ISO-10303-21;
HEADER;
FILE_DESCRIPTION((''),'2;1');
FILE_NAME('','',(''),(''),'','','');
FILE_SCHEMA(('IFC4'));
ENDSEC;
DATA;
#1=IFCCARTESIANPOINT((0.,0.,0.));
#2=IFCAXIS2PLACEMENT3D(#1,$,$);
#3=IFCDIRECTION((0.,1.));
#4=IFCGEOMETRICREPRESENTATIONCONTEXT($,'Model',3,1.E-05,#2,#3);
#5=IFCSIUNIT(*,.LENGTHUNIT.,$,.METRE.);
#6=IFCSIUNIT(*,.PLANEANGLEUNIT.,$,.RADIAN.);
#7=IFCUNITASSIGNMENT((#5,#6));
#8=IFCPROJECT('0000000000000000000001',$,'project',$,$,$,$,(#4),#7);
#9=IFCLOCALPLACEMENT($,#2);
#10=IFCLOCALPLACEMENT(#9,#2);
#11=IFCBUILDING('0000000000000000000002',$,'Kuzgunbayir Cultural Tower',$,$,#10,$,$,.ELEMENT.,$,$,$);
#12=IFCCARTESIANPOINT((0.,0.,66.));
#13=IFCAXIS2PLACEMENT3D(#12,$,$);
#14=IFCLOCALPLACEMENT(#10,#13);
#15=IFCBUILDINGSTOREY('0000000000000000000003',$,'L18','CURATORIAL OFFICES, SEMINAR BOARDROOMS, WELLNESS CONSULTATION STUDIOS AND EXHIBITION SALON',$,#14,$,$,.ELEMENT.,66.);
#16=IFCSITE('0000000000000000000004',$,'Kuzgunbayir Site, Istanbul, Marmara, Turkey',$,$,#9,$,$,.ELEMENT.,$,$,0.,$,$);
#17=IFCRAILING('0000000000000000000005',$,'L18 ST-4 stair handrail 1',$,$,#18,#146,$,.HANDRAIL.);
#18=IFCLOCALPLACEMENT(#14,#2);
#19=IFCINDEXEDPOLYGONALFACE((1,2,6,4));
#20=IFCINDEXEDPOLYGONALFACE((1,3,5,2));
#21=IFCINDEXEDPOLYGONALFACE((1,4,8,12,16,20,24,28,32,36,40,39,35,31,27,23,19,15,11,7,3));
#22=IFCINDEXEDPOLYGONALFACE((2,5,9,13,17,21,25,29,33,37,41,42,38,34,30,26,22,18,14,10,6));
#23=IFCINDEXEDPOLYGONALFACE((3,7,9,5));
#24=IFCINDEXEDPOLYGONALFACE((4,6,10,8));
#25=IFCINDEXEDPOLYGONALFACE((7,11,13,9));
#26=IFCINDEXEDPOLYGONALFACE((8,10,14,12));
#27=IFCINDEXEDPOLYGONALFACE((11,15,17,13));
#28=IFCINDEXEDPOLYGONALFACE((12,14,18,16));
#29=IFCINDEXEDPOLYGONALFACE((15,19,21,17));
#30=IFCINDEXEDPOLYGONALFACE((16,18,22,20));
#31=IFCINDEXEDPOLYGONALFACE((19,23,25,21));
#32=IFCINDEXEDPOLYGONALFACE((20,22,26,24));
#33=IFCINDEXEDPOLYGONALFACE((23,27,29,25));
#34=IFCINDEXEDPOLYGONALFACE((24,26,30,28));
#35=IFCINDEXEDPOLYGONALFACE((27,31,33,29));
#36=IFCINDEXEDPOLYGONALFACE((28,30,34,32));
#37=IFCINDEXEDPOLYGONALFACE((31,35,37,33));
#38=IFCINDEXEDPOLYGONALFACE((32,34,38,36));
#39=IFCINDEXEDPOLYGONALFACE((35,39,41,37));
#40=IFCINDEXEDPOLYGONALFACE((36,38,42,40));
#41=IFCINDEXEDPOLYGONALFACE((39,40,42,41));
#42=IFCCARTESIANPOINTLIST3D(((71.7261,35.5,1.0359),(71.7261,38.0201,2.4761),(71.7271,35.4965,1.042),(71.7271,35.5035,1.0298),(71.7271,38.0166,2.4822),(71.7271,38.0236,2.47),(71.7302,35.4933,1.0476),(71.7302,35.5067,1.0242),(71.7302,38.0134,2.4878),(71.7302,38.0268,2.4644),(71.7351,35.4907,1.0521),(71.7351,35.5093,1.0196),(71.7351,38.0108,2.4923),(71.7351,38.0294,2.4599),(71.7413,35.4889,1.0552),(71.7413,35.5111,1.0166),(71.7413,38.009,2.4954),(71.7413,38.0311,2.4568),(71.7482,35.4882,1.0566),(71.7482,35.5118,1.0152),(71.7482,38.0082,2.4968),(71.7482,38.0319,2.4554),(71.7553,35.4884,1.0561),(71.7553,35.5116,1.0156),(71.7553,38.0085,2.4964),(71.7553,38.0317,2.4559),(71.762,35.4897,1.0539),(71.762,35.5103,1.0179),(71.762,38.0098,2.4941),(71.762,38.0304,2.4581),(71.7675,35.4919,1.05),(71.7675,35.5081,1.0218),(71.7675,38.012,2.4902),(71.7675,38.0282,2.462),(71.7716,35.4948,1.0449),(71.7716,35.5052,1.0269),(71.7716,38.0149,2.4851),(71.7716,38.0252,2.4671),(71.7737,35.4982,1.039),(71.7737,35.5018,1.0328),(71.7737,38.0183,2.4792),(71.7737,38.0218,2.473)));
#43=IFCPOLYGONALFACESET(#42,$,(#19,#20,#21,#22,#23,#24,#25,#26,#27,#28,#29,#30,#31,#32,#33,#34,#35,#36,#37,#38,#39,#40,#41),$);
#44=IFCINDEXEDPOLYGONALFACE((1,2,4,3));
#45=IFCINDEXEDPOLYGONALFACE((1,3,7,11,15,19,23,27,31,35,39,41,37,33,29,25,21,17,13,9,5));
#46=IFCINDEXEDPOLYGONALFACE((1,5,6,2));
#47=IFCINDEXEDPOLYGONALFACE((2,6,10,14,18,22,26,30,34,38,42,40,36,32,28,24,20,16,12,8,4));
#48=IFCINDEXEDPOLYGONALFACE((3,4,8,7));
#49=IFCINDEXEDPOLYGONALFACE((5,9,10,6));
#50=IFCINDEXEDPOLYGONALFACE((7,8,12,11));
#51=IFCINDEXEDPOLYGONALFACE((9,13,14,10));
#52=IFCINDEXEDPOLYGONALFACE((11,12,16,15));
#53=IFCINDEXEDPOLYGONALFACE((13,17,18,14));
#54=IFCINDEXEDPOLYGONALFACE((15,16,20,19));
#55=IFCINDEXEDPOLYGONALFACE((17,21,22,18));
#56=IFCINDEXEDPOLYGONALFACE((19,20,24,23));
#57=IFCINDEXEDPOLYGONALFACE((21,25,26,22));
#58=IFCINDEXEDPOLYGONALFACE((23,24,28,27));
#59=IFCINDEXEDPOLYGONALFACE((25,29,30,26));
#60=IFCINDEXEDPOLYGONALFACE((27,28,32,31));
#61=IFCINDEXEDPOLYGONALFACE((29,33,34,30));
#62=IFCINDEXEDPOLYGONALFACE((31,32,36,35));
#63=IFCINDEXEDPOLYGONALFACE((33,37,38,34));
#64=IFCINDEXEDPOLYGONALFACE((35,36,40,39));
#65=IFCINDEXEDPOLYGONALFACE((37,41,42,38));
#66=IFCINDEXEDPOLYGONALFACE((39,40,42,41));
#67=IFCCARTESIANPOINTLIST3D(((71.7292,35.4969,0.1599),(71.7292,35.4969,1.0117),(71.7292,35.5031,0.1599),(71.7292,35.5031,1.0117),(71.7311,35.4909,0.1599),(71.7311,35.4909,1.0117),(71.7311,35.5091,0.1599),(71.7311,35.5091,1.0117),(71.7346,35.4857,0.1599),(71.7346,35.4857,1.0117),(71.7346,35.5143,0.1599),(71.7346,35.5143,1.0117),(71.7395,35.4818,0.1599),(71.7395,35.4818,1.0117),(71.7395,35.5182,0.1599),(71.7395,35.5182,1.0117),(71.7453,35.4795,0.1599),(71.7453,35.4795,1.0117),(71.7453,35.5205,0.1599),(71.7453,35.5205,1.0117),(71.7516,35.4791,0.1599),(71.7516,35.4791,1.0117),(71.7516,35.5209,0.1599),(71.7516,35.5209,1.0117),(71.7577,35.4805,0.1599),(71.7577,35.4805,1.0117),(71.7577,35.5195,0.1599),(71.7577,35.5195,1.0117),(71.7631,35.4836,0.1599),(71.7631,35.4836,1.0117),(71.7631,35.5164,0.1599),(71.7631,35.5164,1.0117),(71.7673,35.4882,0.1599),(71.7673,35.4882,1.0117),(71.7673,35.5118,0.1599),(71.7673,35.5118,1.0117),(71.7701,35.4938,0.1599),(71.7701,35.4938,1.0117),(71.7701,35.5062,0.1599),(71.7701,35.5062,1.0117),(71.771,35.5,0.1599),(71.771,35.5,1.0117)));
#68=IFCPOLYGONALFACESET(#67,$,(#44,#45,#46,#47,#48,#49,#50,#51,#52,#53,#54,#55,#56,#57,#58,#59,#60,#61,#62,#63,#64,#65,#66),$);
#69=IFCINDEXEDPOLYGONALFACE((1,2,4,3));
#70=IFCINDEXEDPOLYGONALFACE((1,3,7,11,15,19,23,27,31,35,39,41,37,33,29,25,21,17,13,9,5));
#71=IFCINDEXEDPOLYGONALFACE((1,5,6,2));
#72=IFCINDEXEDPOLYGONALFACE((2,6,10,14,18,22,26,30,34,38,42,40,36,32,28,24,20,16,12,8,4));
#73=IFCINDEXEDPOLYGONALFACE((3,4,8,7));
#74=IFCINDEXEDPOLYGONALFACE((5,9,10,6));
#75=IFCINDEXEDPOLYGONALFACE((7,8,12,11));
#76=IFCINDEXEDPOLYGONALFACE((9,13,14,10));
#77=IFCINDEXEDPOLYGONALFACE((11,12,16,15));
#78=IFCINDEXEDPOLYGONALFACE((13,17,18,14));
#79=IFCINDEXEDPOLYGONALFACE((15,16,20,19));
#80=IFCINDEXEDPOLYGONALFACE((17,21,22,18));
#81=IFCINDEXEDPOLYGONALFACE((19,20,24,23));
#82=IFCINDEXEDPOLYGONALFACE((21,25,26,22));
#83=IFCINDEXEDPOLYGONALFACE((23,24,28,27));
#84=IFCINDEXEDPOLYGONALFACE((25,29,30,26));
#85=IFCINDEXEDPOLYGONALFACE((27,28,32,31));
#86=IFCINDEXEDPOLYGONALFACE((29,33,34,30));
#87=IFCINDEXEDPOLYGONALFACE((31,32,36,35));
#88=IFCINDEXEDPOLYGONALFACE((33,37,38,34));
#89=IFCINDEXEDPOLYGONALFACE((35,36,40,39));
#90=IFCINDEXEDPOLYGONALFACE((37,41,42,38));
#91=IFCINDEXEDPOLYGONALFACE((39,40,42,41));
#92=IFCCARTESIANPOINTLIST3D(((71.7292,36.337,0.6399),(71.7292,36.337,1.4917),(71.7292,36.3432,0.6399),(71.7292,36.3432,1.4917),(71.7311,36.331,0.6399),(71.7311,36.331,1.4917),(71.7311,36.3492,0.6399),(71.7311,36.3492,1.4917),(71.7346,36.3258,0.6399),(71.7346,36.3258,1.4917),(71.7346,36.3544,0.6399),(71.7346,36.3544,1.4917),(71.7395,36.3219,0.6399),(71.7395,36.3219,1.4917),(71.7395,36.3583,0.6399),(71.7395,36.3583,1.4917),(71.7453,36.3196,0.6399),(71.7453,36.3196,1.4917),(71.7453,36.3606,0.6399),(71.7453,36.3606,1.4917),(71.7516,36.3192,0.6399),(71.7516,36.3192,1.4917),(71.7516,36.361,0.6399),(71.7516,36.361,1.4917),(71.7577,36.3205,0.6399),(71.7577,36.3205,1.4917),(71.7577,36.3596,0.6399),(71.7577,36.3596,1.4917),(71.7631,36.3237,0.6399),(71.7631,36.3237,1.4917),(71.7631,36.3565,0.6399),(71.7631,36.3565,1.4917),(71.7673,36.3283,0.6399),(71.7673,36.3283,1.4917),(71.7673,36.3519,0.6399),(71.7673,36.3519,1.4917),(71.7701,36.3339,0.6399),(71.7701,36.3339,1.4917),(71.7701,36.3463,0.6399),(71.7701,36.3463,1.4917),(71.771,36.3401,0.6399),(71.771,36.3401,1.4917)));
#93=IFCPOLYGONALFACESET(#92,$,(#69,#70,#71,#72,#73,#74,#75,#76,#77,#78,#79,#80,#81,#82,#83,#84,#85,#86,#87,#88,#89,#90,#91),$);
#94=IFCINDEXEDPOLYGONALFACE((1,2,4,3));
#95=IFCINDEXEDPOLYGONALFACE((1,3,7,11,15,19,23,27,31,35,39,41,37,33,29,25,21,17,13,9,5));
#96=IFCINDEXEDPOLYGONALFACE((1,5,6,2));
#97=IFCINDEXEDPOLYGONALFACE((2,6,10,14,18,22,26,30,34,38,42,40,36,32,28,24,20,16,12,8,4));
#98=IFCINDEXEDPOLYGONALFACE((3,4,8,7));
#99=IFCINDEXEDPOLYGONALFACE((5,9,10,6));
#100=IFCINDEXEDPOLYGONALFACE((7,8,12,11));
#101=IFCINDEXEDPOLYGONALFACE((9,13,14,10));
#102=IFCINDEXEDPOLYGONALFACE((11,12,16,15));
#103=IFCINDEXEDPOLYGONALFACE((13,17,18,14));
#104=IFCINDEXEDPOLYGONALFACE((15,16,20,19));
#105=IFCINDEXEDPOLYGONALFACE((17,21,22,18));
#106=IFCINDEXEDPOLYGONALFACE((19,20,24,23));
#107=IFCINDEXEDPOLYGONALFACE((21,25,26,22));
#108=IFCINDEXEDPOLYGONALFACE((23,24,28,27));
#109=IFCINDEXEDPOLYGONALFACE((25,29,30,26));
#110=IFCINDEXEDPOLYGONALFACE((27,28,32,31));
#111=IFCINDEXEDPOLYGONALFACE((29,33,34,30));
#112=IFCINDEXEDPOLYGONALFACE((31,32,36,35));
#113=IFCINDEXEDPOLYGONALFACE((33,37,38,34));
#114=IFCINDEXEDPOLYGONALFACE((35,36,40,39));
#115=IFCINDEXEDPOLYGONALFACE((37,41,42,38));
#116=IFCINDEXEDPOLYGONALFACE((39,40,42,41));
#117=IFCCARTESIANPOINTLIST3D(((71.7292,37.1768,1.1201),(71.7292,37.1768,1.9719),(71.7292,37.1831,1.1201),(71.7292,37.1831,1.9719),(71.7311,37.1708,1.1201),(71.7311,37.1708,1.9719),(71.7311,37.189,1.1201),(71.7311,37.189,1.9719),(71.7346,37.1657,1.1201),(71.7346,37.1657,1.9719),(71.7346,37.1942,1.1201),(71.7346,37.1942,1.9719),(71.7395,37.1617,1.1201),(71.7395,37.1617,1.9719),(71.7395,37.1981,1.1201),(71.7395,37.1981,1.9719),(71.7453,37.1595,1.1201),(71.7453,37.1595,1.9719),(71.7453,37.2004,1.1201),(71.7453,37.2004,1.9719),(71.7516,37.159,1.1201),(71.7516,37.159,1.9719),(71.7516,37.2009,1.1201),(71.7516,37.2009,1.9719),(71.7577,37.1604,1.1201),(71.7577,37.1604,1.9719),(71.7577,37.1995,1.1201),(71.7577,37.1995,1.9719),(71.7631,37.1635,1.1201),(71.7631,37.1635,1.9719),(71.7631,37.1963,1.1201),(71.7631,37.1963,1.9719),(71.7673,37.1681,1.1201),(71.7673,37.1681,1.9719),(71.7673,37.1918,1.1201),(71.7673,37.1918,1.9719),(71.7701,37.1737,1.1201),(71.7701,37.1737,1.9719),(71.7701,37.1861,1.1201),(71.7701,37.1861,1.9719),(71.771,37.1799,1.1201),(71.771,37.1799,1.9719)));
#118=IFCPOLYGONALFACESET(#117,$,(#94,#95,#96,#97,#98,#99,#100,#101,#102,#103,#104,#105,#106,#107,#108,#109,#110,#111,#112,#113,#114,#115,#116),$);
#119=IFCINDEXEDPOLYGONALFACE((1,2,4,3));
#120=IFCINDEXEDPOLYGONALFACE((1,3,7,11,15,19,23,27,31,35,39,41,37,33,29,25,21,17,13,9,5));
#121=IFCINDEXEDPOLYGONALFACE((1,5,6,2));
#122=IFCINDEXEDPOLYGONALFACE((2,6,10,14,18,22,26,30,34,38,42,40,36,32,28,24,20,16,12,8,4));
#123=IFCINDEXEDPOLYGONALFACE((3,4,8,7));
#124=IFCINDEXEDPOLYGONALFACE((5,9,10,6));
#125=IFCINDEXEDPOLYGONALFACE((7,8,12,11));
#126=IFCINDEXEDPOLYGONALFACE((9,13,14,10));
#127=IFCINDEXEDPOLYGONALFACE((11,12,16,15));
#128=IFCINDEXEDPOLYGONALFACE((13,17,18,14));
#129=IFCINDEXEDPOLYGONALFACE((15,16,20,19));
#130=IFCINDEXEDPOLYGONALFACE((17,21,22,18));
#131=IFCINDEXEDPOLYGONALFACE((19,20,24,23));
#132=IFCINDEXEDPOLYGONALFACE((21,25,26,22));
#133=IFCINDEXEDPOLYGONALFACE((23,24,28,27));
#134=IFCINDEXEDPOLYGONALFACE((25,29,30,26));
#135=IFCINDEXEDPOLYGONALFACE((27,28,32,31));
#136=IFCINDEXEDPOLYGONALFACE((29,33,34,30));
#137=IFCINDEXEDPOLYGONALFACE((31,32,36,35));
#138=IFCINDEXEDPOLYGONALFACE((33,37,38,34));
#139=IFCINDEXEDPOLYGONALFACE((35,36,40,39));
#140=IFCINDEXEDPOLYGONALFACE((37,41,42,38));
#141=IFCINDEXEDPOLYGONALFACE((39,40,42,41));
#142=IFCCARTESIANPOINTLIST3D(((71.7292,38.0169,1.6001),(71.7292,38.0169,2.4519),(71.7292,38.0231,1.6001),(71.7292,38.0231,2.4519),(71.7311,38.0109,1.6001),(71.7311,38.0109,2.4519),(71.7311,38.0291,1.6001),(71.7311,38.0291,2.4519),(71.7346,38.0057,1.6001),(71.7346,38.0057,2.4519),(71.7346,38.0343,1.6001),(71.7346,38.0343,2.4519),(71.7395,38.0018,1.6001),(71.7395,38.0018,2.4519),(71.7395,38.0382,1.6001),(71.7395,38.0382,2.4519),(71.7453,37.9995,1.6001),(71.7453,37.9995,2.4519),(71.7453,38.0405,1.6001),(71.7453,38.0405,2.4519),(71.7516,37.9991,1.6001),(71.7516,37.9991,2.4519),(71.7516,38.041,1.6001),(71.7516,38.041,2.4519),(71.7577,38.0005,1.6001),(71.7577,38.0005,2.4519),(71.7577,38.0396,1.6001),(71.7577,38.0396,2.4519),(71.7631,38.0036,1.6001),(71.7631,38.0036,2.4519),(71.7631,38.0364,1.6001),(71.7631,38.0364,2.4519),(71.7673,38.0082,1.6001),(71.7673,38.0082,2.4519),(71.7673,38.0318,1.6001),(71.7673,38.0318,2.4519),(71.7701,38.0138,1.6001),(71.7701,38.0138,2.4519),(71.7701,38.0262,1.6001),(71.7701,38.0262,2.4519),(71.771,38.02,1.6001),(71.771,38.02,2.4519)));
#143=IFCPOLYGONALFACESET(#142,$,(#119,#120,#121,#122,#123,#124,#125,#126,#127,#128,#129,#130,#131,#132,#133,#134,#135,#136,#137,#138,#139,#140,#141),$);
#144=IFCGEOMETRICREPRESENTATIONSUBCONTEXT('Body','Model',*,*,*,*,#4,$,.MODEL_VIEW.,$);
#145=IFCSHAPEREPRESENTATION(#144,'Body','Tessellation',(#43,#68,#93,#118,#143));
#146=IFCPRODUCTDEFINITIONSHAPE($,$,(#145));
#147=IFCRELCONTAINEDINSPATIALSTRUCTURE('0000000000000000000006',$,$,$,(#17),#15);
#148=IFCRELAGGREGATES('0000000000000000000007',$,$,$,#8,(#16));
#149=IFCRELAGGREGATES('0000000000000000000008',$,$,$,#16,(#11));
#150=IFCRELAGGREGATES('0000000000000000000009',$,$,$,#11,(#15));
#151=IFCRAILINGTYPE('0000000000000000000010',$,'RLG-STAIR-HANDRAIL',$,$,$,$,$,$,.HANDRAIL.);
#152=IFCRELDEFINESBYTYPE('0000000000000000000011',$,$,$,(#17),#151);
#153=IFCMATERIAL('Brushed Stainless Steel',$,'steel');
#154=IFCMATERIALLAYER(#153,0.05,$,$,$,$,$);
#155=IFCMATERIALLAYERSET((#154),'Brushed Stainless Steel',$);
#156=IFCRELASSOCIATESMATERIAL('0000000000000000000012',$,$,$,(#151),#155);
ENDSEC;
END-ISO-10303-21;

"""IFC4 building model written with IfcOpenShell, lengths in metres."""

from ifc_helpers import new_model, si_unit, direction, frame, origin, origin_2d, place, context, subcontext, project, spatial, circle, extrude, material, layer, layer_set, type_object, element, save


model = new_model("IFC4")

# Units and contexts
model_context = context("Model", 3, precision=1e-05, world=origin(), true_north=direction((0.0, 1.0)))
body_context = subcontext(model_context, "Body", "Model", "MODEL_VIEW")
ifc_project = project(units=[si_unit("LENGTHUNIT", "METRE"), si_unit("PLANEANGLEUNIT", "RADIAN")], contexts=[model_context])

# Site, building, storey
site_placement = place(None, origin())
site = spatial("IfcSite", under=ifc_project, at=site_placement, Name="Kuzgunbayir Site, Istanbul, Marmara, Turkey", CompositionType="ELEMENT", RefElevation=0.0)
building_placement = place(site_placement, origin())
building = spatial("IfcBuilding", under=site, at=building_placement, Name="Kuzgunbayir Cultural Tower", CompositionType="ELEMENT")
storey_placement = place(building_placement, frame((0.0, 0.0, 66.0)))
storey = spatial("IfcBuildingStorey", under=building, at=storey_placement, Name="L18", Description="CURATORIAL OFFICES, SEMINAR BOARDROOMS, WELLNESS CONSULTATION STUDIOS AND EXHIBITION SALON", CompositionType="ELEMENT", Elevation=66.0)

# Shared definitions
ifc_material_1 = material(Name="Brushed Stainless Steel", Category="steel")

# Railing
ifc_layer_1 = layer(ifc_material_1, 0.05)
ifc_layer_set_1 = layer_set([ifc_layer_1], Name="Brushed Stainless Steel")
railing_type_1 = type_object("IfcRailingType", Name="RLG-STAIR-HANDRAIL", PredefinedType="HANDRAIL", material=ifc_layer_set_1)
railing_1_placement = place(storey_placement, frame((71.75, 35.5, 0.1599)))
element("IfcRailing", 1, at=railing_1_placement, inside=storey, type_object=railing_type_1, Name="L18 ST-4 stair handrail 1", PredefinedType="HANDRAIL", context=body_context, shape_type="SweptSolid", body=[
    extrude(circle(Radius=0.0239, at=origin_2d()), frame((0.0, 0.0, 0.876), z_axis=(0.0, 0.868217, 0.496184), x_axis=(-1.0, 0.0, 0.0)), (0.0, 0.0, 1.0), 2.9026),
    extrude(circle(Radius=0.021, at=origin_2d()), origin(), (0.0, 0.0, 1.0), 0.8518),
    extrude(circle(Radius=0.021, at=origin_2d()), frame((0.0, 0.8401, 0.48)), (0.0, 0.0, 1.0), 0.8518),
    extrude(circle(Radius=0.021, at=origin_2d()), frame((0.0, 1.6799, 0.9602)), (0.0, 0.0, 1.0), 0.8518),
    extrude(circle(Radius=0.021, at=origin_2d()), frame((0.0, 2.52, 1.4402)), (0.0, 0.0, 1.0), 0.8518),
])

save(model, "model.ifc")
